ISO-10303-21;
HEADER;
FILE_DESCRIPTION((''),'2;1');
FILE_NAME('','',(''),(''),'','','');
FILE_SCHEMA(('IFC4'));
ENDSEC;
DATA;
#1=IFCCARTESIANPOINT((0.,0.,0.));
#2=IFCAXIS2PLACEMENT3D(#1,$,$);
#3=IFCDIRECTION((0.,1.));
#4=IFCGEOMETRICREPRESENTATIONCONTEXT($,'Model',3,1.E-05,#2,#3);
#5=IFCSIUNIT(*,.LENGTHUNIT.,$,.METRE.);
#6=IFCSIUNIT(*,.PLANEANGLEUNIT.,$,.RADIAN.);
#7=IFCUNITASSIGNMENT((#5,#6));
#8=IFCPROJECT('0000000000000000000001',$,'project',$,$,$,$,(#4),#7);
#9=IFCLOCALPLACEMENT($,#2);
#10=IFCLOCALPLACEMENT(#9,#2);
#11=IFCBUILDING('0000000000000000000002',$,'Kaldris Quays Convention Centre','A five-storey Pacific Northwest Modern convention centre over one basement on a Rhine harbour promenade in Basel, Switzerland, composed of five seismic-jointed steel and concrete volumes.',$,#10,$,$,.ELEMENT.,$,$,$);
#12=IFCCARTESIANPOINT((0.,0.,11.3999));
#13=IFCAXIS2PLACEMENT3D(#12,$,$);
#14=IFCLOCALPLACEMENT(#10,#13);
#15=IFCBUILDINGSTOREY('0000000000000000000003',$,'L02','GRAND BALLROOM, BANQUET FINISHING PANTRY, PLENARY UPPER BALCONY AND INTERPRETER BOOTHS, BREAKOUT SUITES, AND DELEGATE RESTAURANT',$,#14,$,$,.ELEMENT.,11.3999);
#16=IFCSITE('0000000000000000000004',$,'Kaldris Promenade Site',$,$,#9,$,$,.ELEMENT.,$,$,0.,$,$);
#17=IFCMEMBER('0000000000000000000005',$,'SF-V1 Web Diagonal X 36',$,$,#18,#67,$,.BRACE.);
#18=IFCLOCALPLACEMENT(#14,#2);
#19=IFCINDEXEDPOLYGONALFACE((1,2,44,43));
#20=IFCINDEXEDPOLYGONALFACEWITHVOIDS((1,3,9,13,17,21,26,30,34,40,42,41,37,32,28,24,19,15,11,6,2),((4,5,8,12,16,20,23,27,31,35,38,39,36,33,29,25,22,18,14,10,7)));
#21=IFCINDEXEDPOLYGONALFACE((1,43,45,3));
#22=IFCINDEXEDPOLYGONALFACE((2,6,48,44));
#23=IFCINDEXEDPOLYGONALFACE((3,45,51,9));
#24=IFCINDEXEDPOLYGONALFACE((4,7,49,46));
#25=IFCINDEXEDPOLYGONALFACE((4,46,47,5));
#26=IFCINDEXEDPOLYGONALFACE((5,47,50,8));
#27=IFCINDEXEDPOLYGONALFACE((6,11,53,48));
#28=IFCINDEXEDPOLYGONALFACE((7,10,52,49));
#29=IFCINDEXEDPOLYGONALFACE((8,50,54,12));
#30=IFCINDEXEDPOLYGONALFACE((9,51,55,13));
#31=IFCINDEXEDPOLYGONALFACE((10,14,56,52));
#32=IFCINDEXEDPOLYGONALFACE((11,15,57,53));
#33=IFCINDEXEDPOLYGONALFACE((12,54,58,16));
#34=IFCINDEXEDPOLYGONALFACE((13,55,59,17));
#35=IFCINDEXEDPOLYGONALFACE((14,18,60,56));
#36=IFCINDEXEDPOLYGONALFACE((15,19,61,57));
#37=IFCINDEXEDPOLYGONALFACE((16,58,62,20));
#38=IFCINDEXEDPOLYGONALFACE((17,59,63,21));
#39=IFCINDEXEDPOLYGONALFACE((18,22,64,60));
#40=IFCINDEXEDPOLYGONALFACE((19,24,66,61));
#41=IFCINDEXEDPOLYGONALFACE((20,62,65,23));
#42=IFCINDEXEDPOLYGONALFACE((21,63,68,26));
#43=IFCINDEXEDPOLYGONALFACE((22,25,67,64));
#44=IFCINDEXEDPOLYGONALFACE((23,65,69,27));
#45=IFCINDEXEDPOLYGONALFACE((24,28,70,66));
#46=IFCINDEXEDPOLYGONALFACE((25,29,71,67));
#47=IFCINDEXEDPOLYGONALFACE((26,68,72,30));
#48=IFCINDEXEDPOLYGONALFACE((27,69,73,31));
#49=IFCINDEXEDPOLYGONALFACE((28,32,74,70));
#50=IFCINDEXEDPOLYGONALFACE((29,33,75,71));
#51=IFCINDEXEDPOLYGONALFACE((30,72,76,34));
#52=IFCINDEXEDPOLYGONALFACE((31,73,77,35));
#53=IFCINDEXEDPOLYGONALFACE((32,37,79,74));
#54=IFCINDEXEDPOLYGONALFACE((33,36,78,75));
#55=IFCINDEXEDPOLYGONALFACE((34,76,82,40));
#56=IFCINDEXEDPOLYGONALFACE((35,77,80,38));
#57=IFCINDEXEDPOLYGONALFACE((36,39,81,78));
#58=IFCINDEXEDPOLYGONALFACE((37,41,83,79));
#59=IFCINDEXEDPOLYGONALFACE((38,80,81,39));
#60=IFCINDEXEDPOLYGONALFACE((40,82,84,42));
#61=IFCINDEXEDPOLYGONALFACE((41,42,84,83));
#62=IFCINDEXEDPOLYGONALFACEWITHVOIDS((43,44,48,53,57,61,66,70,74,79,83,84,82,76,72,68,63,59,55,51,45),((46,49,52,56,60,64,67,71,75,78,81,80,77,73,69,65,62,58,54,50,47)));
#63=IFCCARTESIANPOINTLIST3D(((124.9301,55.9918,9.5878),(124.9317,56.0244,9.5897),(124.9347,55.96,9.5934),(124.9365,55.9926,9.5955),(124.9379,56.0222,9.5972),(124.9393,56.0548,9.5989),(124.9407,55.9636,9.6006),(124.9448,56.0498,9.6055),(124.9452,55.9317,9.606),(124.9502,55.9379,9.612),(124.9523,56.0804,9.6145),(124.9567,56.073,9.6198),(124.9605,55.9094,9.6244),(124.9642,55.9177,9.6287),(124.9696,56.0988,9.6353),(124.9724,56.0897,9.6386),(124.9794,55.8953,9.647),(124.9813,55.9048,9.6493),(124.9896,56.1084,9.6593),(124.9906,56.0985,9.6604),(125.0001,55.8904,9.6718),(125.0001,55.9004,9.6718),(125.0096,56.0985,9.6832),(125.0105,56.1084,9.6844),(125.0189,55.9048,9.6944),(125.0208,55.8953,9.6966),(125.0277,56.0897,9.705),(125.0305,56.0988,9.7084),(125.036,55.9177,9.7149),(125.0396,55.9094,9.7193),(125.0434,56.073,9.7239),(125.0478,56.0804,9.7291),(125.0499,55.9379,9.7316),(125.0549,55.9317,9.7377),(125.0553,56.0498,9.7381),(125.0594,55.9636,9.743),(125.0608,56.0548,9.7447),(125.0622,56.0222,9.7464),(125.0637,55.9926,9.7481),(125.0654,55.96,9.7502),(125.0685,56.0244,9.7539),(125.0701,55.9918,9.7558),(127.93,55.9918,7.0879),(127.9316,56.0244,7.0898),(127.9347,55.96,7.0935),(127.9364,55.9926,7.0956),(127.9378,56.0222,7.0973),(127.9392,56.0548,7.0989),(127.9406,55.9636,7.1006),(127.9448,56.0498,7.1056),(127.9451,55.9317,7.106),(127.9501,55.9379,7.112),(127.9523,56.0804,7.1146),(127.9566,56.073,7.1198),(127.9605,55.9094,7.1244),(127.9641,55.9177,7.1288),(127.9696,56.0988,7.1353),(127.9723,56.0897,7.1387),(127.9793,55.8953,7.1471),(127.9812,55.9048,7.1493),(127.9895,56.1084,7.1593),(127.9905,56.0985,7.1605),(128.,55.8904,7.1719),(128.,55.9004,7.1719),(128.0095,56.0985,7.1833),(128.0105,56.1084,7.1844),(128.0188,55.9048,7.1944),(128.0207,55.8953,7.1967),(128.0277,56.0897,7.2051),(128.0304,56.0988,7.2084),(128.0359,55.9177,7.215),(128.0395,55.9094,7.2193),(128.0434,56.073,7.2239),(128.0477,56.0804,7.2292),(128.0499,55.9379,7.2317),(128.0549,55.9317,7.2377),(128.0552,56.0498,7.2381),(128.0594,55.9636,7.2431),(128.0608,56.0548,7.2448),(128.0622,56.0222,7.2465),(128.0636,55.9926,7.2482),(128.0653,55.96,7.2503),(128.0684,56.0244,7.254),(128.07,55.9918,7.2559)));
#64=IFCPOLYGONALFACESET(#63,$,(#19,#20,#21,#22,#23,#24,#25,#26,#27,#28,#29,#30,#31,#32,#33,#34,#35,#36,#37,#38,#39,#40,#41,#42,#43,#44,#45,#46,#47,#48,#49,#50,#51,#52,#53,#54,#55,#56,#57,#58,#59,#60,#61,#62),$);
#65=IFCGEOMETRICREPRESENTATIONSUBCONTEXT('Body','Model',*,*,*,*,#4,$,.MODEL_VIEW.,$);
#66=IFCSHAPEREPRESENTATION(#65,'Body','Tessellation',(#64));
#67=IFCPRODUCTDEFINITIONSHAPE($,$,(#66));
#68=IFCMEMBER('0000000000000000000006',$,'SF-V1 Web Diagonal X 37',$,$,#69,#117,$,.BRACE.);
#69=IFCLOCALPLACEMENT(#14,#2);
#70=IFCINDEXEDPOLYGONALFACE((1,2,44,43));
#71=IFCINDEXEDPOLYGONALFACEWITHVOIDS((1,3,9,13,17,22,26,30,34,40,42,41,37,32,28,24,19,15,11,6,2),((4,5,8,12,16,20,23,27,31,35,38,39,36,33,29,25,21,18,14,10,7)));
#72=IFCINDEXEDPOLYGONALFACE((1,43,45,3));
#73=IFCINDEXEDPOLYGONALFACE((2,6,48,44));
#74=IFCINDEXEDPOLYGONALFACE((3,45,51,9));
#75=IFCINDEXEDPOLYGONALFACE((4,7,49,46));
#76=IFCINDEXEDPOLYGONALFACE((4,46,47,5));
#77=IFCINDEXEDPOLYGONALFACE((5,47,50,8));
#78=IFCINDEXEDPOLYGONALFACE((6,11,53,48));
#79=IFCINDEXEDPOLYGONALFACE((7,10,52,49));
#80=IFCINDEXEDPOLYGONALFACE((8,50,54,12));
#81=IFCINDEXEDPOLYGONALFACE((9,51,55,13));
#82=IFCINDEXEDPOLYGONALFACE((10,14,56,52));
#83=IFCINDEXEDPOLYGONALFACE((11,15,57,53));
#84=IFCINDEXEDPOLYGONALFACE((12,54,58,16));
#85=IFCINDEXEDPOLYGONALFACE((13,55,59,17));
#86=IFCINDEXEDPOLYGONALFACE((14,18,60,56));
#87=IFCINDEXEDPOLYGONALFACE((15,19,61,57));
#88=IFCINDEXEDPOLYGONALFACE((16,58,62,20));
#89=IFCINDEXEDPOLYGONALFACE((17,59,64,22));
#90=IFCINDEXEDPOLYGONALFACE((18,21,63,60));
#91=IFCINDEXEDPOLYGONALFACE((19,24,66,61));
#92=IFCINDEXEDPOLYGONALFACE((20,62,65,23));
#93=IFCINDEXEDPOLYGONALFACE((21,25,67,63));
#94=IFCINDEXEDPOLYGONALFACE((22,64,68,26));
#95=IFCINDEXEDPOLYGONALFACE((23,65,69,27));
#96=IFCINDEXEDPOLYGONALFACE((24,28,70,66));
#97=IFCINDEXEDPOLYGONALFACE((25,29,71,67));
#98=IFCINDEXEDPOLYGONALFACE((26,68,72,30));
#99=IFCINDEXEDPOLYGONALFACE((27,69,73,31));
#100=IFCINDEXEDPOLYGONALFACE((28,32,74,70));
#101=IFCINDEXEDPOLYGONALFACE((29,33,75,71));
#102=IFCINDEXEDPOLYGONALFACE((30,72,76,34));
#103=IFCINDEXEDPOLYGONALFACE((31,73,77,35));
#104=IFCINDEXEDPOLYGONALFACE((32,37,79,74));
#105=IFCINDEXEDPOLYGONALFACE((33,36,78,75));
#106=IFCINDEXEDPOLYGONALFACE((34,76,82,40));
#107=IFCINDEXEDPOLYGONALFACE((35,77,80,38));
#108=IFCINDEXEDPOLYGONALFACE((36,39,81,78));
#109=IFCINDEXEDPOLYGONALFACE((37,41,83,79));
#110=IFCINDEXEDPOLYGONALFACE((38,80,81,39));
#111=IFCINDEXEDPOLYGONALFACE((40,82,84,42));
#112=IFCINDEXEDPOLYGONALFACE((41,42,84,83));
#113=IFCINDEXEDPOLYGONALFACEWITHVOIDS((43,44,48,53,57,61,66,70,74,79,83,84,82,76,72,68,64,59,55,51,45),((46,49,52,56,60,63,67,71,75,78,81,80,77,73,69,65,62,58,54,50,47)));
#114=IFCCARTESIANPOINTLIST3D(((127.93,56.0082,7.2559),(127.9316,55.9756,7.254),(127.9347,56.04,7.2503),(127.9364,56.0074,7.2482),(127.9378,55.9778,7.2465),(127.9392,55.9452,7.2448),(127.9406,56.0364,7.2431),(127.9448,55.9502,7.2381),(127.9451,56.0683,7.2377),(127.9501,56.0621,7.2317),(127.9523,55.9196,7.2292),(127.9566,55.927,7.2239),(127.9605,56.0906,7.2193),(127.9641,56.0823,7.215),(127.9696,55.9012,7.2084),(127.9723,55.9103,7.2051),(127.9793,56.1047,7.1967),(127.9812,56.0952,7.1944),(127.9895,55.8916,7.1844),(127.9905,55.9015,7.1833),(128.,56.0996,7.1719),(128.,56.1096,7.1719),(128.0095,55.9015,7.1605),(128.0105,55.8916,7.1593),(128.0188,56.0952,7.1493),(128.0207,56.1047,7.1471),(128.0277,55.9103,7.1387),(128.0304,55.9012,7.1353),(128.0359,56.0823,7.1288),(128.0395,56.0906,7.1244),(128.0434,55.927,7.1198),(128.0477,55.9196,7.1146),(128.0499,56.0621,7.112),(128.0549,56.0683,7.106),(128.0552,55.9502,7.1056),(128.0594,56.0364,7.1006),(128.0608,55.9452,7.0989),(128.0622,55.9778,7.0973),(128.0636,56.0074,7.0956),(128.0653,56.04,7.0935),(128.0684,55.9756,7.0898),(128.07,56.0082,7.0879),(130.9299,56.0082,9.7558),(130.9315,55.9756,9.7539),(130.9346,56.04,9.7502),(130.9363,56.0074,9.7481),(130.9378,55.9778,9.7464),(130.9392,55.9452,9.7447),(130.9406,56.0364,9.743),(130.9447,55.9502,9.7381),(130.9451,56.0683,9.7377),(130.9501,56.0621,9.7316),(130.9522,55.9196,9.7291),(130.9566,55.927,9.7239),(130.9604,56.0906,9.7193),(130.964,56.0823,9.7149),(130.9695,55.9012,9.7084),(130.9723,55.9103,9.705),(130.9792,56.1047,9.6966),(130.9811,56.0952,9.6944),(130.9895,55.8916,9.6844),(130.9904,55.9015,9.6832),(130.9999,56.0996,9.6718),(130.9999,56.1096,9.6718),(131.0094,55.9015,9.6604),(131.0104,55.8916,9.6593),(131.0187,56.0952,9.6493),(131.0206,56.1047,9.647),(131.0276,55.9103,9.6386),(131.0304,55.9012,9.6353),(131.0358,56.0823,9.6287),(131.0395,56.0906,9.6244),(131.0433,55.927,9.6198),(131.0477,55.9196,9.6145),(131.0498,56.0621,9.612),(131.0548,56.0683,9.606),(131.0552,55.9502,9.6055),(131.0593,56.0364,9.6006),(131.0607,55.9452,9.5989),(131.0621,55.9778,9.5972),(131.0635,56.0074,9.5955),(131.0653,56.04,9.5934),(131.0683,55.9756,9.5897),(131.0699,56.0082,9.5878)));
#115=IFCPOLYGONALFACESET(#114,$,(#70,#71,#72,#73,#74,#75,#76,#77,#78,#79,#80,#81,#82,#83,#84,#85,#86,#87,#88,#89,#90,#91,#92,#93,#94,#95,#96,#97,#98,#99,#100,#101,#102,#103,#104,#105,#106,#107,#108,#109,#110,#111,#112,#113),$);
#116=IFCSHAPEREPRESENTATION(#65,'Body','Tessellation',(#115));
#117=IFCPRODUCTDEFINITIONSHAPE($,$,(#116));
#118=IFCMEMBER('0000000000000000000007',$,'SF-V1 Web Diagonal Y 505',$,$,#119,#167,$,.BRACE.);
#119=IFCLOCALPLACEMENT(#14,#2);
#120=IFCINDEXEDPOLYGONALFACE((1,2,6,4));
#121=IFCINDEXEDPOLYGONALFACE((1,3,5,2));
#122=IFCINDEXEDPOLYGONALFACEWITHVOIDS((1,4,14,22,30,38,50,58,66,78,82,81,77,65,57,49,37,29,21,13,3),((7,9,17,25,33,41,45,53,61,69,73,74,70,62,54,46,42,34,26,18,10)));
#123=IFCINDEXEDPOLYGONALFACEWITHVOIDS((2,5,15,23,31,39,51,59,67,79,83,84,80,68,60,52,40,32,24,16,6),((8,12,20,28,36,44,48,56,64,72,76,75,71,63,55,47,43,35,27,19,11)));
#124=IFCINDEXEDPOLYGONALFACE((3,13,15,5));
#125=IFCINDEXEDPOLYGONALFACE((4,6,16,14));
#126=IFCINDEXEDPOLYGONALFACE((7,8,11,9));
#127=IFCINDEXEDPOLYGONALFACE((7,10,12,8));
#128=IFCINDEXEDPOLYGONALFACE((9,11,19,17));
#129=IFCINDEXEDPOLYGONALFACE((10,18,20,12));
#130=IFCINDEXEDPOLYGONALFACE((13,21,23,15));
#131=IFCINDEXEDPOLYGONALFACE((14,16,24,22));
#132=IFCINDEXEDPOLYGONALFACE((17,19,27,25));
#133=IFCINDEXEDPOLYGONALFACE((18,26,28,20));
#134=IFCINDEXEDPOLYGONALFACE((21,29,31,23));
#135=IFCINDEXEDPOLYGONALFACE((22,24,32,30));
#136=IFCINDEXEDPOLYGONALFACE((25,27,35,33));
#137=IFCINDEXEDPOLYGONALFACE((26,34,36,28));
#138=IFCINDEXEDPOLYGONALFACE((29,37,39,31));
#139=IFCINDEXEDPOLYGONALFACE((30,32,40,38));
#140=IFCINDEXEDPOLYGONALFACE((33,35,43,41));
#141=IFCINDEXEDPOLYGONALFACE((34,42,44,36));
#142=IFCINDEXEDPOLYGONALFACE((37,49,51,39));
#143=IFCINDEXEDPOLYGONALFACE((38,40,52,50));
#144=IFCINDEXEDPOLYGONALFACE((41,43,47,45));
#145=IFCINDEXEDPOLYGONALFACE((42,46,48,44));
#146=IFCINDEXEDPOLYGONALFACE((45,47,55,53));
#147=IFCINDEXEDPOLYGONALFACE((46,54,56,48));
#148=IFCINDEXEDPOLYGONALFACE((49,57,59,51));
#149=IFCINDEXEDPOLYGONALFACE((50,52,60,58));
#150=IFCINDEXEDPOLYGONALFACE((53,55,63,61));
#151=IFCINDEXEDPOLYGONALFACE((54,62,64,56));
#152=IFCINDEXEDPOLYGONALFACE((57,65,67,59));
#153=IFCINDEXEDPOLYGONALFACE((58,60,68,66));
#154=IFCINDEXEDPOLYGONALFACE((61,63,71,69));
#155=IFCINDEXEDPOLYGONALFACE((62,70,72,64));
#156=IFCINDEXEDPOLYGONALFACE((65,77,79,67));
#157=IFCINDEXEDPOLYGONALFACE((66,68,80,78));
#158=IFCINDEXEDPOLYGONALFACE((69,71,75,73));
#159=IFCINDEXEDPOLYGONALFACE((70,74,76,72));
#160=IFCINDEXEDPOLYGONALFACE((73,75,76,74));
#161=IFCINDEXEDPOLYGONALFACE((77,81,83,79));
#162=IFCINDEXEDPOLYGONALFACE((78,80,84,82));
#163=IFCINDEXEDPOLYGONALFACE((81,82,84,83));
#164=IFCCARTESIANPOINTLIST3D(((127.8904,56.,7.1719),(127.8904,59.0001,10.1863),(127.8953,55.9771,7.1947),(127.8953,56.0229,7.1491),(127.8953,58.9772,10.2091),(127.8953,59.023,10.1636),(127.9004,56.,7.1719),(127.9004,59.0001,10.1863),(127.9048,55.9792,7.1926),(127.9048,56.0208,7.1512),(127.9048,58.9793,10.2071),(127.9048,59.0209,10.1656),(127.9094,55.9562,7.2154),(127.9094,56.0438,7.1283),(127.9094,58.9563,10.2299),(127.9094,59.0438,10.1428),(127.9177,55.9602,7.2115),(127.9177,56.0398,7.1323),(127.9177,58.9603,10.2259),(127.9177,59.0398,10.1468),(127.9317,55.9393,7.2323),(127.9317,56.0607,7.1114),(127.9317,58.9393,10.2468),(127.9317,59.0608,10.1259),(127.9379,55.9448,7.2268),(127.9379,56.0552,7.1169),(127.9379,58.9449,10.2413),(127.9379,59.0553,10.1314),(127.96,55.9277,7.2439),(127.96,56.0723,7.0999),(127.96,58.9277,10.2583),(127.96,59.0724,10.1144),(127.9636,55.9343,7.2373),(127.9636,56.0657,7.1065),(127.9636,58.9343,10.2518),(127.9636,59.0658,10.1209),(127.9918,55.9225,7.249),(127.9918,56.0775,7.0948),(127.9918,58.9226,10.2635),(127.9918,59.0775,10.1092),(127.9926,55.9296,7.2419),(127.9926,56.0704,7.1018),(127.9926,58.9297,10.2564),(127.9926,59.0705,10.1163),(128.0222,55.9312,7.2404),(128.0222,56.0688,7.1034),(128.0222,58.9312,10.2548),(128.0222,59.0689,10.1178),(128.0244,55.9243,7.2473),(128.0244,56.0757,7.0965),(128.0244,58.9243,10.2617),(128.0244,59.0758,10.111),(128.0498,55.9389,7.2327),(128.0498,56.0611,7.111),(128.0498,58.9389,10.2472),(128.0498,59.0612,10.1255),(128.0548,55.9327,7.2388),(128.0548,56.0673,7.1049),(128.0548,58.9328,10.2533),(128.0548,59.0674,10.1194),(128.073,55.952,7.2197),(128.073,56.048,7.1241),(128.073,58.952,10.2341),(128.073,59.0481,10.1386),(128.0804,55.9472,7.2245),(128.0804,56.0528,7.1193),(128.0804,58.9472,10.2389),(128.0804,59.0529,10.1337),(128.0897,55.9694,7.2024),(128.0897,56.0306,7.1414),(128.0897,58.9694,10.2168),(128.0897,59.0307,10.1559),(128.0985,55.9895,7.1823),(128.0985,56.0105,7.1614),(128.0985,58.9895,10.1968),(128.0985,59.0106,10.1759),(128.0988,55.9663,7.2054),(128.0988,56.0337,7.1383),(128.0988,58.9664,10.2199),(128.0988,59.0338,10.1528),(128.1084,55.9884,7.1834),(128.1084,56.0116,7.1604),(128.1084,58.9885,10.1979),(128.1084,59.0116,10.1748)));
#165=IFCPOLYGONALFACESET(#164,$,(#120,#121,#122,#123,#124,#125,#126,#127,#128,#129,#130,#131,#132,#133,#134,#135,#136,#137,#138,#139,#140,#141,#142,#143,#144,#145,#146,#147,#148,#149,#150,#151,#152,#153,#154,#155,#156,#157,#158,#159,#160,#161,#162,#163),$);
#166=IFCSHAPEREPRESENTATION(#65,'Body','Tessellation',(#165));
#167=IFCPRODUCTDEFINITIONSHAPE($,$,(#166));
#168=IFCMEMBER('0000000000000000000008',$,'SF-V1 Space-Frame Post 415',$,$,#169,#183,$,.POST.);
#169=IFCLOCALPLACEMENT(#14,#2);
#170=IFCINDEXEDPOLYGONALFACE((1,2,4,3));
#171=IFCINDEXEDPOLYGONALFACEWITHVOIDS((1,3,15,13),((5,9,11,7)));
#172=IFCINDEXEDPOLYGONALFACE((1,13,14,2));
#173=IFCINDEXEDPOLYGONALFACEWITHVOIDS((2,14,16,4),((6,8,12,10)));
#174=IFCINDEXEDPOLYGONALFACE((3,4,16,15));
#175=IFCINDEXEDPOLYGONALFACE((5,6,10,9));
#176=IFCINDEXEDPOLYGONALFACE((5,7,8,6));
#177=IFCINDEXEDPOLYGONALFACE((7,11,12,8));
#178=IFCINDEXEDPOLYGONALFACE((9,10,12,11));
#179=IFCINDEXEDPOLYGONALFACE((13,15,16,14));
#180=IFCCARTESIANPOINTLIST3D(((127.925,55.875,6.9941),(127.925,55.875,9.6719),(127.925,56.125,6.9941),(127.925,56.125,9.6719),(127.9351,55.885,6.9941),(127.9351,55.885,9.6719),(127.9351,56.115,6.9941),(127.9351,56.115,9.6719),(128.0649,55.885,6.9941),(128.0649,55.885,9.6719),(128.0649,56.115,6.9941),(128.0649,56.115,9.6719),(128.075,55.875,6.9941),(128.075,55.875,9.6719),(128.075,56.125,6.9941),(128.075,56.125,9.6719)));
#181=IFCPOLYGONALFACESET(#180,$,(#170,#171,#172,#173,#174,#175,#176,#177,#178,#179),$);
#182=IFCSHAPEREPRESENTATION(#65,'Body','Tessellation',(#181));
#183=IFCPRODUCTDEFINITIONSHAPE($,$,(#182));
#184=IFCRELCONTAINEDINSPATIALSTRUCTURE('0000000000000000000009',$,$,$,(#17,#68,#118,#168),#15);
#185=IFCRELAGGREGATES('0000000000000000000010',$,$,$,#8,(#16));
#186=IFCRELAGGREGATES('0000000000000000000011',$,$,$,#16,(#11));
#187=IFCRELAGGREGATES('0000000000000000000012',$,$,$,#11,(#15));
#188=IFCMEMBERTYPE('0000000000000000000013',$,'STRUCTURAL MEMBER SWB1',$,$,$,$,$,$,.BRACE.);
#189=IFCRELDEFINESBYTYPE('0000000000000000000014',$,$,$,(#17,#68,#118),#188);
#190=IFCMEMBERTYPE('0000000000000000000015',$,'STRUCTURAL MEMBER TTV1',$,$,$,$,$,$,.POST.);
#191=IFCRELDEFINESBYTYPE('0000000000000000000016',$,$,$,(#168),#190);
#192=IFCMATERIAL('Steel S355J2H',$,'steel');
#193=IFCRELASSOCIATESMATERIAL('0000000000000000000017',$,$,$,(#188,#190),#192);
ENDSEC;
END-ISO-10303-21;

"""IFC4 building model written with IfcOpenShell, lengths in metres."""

from ifc_helpers import new_model, si_unit, direction, frame, origin, origin_2d, place, context, subcontext, project, spatial, hollow_rectangle, hollow_circle, extrude, material, material_profile, profile_set, type_object, element, save


model = new_model("IFC4")

# Units and contexts
model_context = context("Model", 3, precision=1e-05, world=origin(), true_north=direction((0.0, 1.0)))
body_context = subcontext(model_context, "Body", "Model", "MODEL_VIEW")
ifc_project = project(units=[si_unit("LENGTHUNIT", "METRE"), si_unit("PLANEANGLEUNIT", "RADIAN")], contexts=[model_context])

# Site, building, storey
site_placement = place(None, origin())
site = spatial("IfcSite", under=ifc_project, at=site_placement, Name="Kaldris Promenade Site", CompositionType="ELEMENT", RefElevation=0.0)
building_placement = place(site_placement, origin())
building = spatial("IfcBuilding", under=site, at=building_placement, Name="Kaldris Quays Convention Centre", Description="A five-storey Pacific Northwest Modern convention centre over one basement on a Rhine harbour promenade in Basel, Switzerland, composed of five seismic-jointed steel and concrete volumes.", CompositionType="ELEMENT")
storey_placement = place(building_placement, frame((0.0, 0.0, 11.3999)))
storey = spatial("IfcBuildingStorey", under=building, at=storey_placement, Name="L02", Description="GRAND BALLROOM, BANQUET FINISHING PANTRY, PLENARY UPPER BALCONY AND INTERPRETER BOOTHS, BREAKOUT SUITES, AND DELEGATE RESTAURANT", CompositionType="ELEMENT", Elevation=11.3999)

# Members
ifc_material_1 = material(Name="Steel S355J2H", Category="steel")
ifc_material_profile_1 = material_profile(ifc_material_1, hollow_circle(Radius=0.1096, WallThickness=0.01, at=origin_2d()), Name="CHS 219.1x10")
ifc_profile_set_1 = profile_set([ifc_material_profile_1], Name="Steel S355J2H")
member_type_1 = type_object("IfcMemberType", Name="STRUCTURAL MEMBER SWB1", PredefinedType="BRACE", material=ifc_profile_set_1)
for number, where, z_axis, x_axis, name in (
    (1, (128.0, 56.0, 7.1719), (-0.768221, 0.0, 0.640184), (0.0, -1.0, 0.0), "SF-V1 Web Diagonal X 36"),
    (2, (128.0, 56.0, 7.1719), (0.768221, 0.0, 0.640184), (0.0, 1.0, 0.0), "SF-V1 Web Diagonal X 37"),
):
    element("IfcMember", number, at=place(storey_placement, frame(where, z_axis=z_axis, x_axis=x_axis)), inside=storey, type_object=member_type_1, Name=name, PredefinedType="BRACE", context=body_context, shape_type="SweptSolid", body=[
        extrude(hollow_circle(Radius=0.1096, WallThickness=0.01, at=origin_2d()), origin(), (0.0, 0.0, 1.0), 3.905),
    ])
member_1_placement = place(storey_placement, frame((128.0, 56.0, 7.1719), z_axis=(0.0, 0.705411, 0.708798), x_axis=(-1.0, 0.0, 0.0)))
element("IfcMember", 3, at=member_1_placement, inside=storey, type_object=member_type_1, Name="SF-V1 Web Diagonal Y 505", PredefinedType="BRACE", context=body_context, shape_type="SweptSolid", body=[
    extrude(hollow_circle(Radius=0.1096, WallThickness=0.01, at=origin_2d()), origin(), (0.0, 0.0, 1.0), 4.2529),
])
ifc_material_profile_2 = material_profile(ifc_material_1, hollow_rectangle(XDim=0.1499, YDim=0.25, WallThickness=0.01, at=origin_2d()), Name="RHS 250x150x10")
ifc_profile_set_2 = profile_set([ifc_material_profile_2], Name="Steel S355J2H")
member_type_2 = type_object("IfcMemberType", Name="STRUCTURAL MEMBER TTV1", PredefinedType="POST", material=ifc_profile_set_2)
member_2_placement = place(storey_placement, frame((128.0, 56.0, 6.9941), z_axis=(0.0, 0.0, 1.0), x_axis=(1.0, 0.0, 0.0)))
element("IfcMember", 4, at=member_2_placement, inside=storey, type_object=member_type_2, Name="SF-V1 Space-Frame Post 415", PredefinedType="POST", context=body_context, shape_type="SweptSolid", body=[
    extrude(hollow_rectangle(XDim=0.1499, YDim=0.25, WallThickness=0.01, at=origin_2d()), origin(), (0.0, 0.0, 1.0), 2.6777),
])

save(model, "model.ifc")
